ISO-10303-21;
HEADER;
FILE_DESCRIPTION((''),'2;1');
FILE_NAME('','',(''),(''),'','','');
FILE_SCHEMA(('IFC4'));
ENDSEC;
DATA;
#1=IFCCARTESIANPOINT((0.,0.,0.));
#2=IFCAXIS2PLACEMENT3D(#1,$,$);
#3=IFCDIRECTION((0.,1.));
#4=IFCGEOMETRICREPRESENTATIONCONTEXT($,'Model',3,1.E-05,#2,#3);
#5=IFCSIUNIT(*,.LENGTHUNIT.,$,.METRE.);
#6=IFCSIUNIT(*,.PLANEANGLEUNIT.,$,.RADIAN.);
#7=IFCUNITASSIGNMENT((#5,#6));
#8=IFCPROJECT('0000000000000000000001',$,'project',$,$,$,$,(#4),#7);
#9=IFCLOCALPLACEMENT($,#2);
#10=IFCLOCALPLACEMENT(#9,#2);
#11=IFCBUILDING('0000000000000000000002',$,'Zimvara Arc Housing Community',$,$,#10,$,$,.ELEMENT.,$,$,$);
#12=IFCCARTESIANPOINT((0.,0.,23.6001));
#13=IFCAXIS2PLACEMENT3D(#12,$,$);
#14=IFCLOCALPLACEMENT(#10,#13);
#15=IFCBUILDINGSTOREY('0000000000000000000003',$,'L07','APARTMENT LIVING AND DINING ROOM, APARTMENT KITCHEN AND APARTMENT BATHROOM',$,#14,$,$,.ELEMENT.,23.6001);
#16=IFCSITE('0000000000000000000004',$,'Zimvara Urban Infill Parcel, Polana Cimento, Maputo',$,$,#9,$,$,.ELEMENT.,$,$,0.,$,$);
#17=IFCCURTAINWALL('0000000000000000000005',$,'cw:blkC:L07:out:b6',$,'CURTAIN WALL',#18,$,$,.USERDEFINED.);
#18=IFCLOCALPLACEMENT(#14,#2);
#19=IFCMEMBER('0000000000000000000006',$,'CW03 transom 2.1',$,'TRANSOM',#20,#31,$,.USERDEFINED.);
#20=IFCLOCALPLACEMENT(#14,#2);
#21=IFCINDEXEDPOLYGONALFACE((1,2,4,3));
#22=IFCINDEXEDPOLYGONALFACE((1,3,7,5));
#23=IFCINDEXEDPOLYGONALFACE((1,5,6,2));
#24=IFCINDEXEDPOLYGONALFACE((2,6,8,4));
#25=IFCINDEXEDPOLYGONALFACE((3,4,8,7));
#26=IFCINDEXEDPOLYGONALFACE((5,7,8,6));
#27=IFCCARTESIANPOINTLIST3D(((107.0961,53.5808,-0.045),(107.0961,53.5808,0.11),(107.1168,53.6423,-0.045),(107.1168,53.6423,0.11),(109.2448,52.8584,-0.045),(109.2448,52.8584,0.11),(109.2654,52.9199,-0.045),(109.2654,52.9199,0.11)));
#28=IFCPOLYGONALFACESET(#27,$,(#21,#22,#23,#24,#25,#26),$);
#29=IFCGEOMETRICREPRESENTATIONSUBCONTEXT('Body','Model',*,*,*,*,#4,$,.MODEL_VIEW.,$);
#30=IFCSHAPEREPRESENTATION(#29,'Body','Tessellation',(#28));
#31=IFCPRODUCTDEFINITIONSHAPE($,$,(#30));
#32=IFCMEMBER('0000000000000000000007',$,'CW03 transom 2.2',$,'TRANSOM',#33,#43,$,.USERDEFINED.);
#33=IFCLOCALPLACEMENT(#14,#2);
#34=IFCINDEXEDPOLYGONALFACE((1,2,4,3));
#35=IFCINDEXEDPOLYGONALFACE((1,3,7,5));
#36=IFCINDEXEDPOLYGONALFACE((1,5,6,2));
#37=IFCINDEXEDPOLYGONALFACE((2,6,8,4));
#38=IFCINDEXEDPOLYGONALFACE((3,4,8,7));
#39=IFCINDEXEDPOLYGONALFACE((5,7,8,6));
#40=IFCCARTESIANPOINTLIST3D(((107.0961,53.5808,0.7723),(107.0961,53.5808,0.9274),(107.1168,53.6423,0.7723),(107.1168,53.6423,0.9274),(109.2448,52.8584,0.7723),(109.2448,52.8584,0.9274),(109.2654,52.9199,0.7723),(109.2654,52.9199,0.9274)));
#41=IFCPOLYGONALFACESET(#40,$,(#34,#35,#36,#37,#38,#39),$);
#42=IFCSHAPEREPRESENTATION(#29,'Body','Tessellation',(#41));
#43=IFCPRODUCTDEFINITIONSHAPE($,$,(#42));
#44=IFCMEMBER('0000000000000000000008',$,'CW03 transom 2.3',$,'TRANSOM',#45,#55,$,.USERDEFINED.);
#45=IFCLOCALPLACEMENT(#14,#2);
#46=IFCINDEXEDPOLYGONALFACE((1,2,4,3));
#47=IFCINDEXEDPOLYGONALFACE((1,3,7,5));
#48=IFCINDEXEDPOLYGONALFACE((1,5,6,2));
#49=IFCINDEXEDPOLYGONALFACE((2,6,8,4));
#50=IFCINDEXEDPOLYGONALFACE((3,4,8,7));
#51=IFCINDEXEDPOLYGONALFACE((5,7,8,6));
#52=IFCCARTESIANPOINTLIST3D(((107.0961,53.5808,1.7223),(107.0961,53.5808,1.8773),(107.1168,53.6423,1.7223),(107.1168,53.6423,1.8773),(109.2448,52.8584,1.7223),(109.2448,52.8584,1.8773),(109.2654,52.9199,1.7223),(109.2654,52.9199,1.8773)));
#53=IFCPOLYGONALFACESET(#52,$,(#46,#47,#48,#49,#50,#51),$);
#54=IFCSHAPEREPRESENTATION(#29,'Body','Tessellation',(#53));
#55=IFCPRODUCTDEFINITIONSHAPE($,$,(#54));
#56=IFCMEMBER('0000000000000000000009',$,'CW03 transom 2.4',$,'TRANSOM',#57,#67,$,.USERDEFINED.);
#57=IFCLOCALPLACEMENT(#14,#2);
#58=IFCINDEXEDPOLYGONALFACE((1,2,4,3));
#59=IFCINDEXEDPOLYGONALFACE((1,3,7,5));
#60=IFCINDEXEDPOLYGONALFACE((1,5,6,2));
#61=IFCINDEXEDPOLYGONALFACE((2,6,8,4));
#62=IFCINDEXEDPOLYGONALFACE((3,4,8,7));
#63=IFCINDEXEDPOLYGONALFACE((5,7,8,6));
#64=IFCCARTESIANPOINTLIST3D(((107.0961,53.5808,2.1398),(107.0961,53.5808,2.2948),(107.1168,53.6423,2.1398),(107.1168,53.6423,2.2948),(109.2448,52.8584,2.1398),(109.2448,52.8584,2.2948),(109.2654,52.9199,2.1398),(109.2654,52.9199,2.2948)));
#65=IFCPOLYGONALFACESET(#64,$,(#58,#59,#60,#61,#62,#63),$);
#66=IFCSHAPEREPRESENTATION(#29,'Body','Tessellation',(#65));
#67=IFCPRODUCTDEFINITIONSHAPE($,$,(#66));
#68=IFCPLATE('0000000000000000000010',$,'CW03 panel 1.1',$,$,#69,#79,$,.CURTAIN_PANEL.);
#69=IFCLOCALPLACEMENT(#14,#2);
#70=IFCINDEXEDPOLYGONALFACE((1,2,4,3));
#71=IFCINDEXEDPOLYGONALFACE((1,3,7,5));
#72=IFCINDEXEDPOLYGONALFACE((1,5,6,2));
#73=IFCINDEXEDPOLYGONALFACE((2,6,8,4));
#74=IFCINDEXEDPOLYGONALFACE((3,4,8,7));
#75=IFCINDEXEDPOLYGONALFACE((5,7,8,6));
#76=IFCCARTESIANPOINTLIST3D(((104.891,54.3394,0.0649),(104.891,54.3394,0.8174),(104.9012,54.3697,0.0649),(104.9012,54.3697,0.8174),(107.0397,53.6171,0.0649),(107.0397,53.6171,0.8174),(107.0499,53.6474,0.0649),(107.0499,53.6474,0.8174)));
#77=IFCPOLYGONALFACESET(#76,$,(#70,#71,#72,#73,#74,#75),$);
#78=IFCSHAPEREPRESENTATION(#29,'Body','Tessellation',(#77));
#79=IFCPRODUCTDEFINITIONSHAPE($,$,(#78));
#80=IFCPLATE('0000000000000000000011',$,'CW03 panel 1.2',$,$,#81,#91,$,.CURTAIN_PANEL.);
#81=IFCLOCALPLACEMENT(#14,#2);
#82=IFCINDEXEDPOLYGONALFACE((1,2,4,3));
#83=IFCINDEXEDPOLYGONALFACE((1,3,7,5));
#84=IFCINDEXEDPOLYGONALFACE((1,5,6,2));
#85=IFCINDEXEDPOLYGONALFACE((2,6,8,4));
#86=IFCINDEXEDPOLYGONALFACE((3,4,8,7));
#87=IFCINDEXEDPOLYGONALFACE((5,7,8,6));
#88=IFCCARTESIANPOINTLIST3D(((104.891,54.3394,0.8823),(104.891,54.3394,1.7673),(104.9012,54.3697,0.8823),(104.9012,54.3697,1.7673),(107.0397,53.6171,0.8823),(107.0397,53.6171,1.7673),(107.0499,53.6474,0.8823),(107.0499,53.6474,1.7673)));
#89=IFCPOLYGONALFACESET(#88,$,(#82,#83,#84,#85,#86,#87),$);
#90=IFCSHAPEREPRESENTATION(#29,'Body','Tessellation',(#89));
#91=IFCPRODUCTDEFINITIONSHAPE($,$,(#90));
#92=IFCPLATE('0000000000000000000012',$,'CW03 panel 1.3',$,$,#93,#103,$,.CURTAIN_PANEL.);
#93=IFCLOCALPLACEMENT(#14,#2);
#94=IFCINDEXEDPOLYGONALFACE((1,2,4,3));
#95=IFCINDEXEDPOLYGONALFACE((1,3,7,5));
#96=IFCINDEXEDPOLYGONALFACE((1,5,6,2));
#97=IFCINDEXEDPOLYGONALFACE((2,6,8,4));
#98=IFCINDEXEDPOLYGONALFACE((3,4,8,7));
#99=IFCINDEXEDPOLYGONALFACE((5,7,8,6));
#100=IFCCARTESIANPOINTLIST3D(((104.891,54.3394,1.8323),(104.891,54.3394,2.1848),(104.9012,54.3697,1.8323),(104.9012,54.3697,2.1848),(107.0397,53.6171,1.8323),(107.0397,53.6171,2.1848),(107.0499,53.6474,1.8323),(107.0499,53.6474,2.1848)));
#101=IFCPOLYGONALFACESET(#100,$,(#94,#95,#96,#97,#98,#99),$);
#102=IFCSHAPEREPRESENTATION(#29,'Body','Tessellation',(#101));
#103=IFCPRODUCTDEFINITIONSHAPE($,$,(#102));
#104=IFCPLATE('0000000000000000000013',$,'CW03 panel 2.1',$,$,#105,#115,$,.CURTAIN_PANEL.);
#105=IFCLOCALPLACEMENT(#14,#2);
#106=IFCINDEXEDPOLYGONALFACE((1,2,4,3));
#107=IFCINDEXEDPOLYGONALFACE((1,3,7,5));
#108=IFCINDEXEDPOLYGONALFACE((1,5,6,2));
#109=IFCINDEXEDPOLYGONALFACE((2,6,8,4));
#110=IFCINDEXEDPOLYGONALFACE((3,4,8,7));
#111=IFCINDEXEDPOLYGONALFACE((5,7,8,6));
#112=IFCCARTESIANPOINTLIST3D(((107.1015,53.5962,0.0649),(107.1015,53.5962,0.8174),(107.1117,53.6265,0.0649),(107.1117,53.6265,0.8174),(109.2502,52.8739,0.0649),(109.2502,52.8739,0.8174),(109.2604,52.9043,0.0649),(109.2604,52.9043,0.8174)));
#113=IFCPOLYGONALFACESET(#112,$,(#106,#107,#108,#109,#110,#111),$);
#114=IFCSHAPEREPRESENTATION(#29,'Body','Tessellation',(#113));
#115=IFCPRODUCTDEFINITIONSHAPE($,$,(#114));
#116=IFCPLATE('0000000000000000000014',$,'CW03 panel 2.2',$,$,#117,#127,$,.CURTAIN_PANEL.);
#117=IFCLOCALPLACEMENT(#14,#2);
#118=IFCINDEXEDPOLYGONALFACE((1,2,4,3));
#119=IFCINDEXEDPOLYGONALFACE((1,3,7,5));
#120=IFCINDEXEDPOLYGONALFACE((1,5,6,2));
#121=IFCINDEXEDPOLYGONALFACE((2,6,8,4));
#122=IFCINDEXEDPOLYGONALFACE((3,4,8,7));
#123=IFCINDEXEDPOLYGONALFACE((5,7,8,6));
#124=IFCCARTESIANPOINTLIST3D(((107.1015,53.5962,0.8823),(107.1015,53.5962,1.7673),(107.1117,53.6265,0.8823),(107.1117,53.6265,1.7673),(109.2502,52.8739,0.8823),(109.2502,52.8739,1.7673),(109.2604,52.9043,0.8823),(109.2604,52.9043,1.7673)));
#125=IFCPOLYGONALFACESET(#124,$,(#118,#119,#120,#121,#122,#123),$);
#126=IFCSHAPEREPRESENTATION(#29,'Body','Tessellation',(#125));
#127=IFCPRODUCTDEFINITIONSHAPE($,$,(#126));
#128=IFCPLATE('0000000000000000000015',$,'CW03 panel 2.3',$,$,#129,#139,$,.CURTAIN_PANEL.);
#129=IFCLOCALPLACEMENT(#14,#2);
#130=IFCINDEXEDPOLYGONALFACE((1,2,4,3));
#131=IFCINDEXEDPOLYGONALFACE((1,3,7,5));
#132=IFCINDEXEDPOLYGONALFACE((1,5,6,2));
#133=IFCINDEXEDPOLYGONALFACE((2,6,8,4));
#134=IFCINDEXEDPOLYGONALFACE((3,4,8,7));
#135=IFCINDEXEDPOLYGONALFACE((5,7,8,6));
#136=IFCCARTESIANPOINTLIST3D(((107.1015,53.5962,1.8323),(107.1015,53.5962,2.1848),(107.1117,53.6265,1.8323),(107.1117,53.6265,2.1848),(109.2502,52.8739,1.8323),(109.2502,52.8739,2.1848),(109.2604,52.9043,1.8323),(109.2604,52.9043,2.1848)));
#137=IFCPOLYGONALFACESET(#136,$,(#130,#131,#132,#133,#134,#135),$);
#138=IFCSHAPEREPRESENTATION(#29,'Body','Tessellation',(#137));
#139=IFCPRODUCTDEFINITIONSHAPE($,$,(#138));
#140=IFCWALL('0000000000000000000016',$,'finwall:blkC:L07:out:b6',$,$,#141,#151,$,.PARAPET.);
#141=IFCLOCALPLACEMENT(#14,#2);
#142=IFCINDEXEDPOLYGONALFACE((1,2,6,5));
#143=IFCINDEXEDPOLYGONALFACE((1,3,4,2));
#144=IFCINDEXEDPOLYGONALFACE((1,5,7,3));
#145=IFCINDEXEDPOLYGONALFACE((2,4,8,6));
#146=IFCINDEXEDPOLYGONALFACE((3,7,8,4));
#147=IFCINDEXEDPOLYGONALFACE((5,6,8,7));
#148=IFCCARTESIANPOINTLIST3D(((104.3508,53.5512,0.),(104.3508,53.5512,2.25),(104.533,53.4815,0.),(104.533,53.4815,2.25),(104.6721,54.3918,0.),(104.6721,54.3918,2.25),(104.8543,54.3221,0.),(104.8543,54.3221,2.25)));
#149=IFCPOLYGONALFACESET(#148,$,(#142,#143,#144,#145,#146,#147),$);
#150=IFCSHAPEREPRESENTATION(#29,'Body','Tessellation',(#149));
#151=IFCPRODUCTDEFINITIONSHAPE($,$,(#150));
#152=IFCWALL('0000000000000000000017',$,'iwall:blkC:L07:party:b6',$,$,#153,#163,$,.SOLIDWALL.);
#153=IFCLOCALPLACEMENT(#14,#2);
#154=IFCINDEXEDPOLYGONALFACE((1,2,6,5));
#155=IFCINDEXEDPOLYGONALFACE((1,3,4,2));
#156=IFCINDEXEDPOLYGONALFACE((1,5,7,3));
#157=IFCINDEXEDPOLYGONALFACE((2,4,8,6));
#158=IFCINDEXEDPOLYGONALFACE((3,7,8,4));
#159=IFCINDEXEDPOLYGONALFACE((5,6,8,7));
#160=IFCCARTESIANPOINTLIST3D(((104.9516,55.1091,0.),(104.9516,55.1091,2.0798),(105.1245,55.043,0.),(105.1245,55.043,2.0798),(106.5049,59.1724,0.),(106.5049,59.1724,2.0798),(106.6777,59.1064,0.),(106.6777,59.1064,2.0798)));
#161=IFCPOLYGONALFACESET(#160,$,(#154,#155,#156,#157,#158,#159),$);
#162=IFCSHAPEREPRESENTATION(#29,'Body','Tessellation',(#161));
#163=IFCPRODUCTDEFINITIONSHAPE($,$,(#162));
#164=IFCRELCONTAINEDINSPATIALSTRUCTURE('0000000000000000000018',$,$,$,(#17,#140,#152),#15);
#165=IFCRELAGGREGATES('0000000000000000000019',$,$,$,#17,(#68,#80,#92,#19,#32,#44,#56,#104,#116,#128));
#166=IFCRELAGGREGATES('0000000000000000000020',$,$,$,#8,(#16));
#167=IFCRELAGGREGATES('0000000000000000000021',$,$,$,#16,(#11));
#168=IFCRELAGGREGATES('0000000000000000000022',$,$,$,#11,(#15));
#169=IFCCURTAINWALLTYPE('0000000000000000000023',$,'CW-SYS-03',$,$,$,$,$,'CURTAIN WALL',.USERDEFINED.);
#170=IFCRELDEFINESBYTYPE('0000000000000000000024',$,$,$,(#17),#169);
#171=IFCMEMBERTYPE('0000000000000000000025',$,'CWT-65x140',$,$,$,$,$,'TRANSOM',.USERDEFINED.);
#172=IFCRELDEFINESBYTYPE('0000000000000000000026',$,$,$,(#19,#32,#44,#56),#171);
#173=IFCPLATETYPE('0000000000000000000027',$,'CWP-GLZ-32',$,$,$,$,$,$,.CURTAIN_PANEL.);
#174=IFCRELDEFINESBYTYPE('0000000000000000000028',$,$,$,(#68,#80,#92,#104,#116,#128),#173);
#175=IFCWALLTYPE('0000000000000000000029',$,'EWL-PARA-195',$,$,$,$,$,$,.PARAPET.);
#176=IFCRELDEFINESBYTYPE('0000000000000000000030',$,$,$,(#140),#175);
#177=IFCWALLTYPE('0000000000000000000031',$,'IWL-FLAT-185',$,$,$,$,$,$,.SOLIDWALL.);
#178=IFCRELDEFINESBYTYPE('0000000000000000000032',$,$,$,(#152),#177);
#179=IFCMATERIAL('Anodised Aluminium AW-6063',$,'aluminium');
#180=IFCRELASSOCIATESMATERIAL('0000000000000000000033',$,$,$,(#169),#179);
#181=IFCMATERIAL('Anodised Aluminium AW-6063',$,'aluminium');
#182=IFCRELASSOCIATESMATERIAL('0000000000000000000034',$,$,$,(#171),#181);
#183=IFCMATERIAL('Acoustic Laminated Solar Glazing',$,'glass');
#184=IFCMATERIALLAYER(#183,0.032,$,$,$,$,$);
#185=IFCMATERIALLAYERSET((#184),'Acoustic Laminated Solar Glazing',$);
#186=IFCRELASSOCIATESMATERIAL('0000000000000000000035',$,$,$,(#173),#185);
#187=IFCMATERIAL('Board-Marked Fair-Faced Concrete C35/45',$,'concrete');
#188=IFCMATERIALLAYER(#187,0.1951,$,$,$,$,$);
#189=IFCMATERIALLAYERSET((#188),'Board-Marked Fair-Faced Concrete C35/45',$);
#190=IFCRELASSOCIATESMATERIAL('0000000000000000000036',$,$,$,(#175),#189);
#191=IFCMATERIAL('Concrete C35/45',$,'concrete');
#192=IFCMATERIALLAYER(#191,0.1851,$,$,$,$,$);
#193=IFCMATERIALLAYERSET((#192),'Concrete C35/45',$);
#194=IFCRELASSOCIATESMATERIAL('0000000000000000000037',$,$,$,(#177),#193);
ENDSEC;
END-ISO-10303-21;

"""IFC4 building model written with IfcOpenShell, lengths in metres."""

from ifc_helpers import new_model, si_unit, direction, frame, frame_2d, origin, origin_2d, place, context, subcontext, project, spatial, rectangle, extrude, material, layer, layer_set, material_profile, profile_set, type_object, element, aggregate, save


model = new_model("IFC4")

# Units and contexts
model_context = context("Model", 3, precision=1e-05, world=origin(), true_north=direction((0.0, 1.0)))
body_context = subcontext(model_context, "Body", "Model", "MODEL_VIEW")
ifc_project = project(units=[si_unit("LENGTHUNIT", "METRE"), si_unit("PLANEANGLEUNIT", "RADIAN")], contexts=[model_context])

# Site, building, storey
site_placement = place(None, origin())
site = spatial("IfcSite", under=ifc_project, at=site_placement, Name="Zimvara Urban Infill Parcel, Polana Cimento, Maputo", CompositionType="ELEMENT", RefElevation=0.0)
building_placement = place(site_placement, origin())
building = spatial("IfcBuilding", under=site, at=building_placement, Name="Zimvara Arc Housing Community", CompositionType="ELEMENT")
storey_placement = place(building_placement, frame((0.0, 0.0, 23.6001)))
storey = spatial("IfcBuildingStorey", under=building, at=storey_placement, Name="L07", Description="APARTMENT LIVING AND DINING ROOM, APARTMENT KITCHEN AND APARTMENT BATHROOM", CompositionType="ELEMENT", Elevation=23.6001)

# Curtain wall, members, plates
ifc_material_1 = material(Name="Anodised Aluminium AW-6063", Category="aluminium")
curtain_wall_type_1 = type_object("IfcCurtainWallType", Name="CW-SYS-03", ElementType="CURTAIN WALL", PredefinedType="USERDEFINED", material=ifc_material_1)
curtain_wall_1_placement = place(storey_placement, origin())
curtain_wall_1 = element("IfcCurtainWall", 1, at=curtain_wall_1_placement, inside=storey, type_object=curtain_wall_type_1, Name="cw:blkC:L07:out:b6", ObjectType="CURTAIN WALL", PredefinedType="USERDEFINED")
ifc_material_2 = material(Name="Anodised Aluminium AW-6063", Category="aluminium")
ifc_material_profile_1 = material_profile(ifc_material_2, rectangle(XDim=0.0649, YDim=0.155, at=origin_2d()), Name="ALU 65x155")
ifc_profile_set_1 = profile_set([ifc_material_profile_1], Name="Anodised Aluminium AW-6063")
member_type_1 = type_object("IfcMemberType", Name="CWT-65x140", ElementType="TRANSOM", PredefinedType="USERDEFINED", material=ifc_profile_set_1)
member_1_placement = place(storey_placement, frame((107.1064, 53.6116, 0.0325), z_axis=(0.947862, -0.318682, 0.0), x_axis=(0.318682, 0.947862, 0.0)))
member_1 = element("IfcMember", 2, at=member_1_placement, type_object=member_type_1, Name="CW03 transom 2.1", ObjectType="TRANSOM", PredefinedType="USERDEFINED", context=body_context, shape_type="SweptSolid", body=[
    extrude(rectangle(XDim=0.0649, YDim=0.155, at=origin_2d()), origin(), (0.0, 0.0, 1.0), 2.2668),
])
member_2_placement = place(storey_placement, frame((107.1064, 53.6116, 0.8499), z_axis=(0.947862, -0.318682, 0.0), x_axis=(0.318682, 0.947862, 0.0)))
member_2 = element("IfcMember", 3, at=member_2_placement, type_object=member_type_1, Name="CW03 transom 2.2", ObjectType="TRANSOM", PredefinedType="USERDEFINED", context=body_context, shape_type="SweptSolid", body=[
    extrude(rectangle(XDim=0.0649, YDim=0.155, at=origin_2d()), origin(), (0.0, 0.0, 1.0), 2.2668),
])
member_3_placement = place(storey_placement, frame((107.1064, 53.6116, 1.7998), z_axis=(0.947862, -0.318682, 0.0), x_axis=(0.318682, 0.947862, 0.0)))
member_3 = element("IfcMember", 4, at=member_3_placement, type_object=member_type_1, Name="CW03 transom 2.3", ObjectType="TRANSOM", PredefinedType="USERDEFINED", context=body_context, shape_type="SweptSolid", body=[
    extrude(rectangle(XDim=0.0649, YDim=0.155, at=origin_2d()), origin(), (0.0, 0.0, 1.0), 2.2668),
])
member_4_placement = place(storey_placement, frame((107.1064, 53.6116, 2.2173), z_axis=(0.947862, -0.318682, 0.0), x_axis=(0.318682, 0.947862, 0.0)))
member_4 = element("IfcMember", 5, at=member_4_placement, type_object=member_type_1, Name="CW03 transom 2.4", ObjectType="TRANSOM", PredefinedType="USERDEFINED", context=body_context, shape_type="SweptSolid", body=[
    extrude(rectangle(XDim=0.0649, YDim=0.155, at=origin_2d()), origin(), (0.0, 0.0, 1.0), 2.2668),
])
ifc_material_3 = material(Name="Acoustic Laminated Solar Glazing", Category="glass")
ifc_layer_1 = layer(ifc_material_3, 0.032)
ifc_layer_set_1 = layer_set([ifc_layer_1], Name="Acoustic Laminated Solar Glazing")
plate_type = type_object("IfcPlateType", Name="CWP-GLZ-32", PredefinedType="CURTAIN_PANEL", material=ifc_layer_set_1)
plate_1_placement = place(storey_placement, frame((105.9705, 53.9934, 0.0649), z_axis=(0.0, 0.0, 1.0), x_axis=(0.94788, -0.318629, 0.0)))
plate_1 = element("IfcPlate", 6, at=plate_1_placement, type_object=plate_type, Name="CW03 panel 1.1", PredefinedType="CURTAIN_PANEL", context=body_context, shape_type="SweptSolid", body=[
    extrude(rectangle(XDim=2.2668, YDim=0.032, at=origin_2d()), origin(), (0.0, 0.0, 1.0), 0.7524),
])
plate_2_placement = place(storey_placement, frame((105.9705, 53.9934, 0.8823), z_axis=(0.0, 0.0, 1.0), x_axis=(0.94788, -0.318629, 0.0)))
plate_2 = element("IfcPlate", 7, at=plate_2_placement, type_object=plate_type, Name="CW03 panel 1.2", PredefinedType="CURTAIN_PANEL", context=body_context, shape_type="SweptSolid", body=[
    extrude(rectangle(XDim=2.2668, YDim=0.032, at=origin_2d()), origin(), (0.0, 0.0, 1.0), 0.885),
])
plate_3_placement = place(storey_placement, frame((105.9705, 53.9934, 1.8323), z_axis=(0.0, 0.0, 1.0), x_axis=(0.94788, -0.318629, 0.0)))
plate_3 = element("IfcPlate", 8, at=plate_3_placement, type_object=plate_type, Name="CW03 panel 1.3", PredefinedType="CURTAIN_PANEL", context=body_context, shape_type="SweptSolid", body=[
    extrude(rectangle(XDim=2.2668, YDim=0.032, at=origin_2d()), origin(), (0.0, 0.0, 1.0), 0.3525),
])
plate_4_placement = place(storey_placement, frame((108.1809, 53.2502, 0.0649), z_axis=(0.0, 0.0, 1.0), x_axis=(0.94788, -0.318629, 0.0)))
plate_4 = element("IfcPlate", 9, at=plate_4_placement, type_object=plate_type, Name="CW03 panel 2.1", PredefinedType="CURTAIN_PANEL", context=body_context, shape_type="SweptSolid", body=[
    extrude(rectangle(XDim=2.2668, YDim=0.032, at=origin_2d()), origin(), (0.0, 0.0, 1.0), 0.7524),
])
plate_5_placement = place(storey_placement, frame((108.1809, 53.2502, 0.8823), z_axis=(0.0, 0.0, 1.0), x_axis=(0.94788, -0.318629, 0.0)))
plate_5 = element("IfcPlate", 10, at=plate_5_placement, type_object=plate_type, Name="CW03 panel 2.2", PredefinedType="CURTAIN_PANEL", context=body_context, shape_type="SweptSolid", body=[
    extrude(rectangle(XDim=2.2668, YDim=0.032, at=origin_2d()), origin(), (0.0, 0.0, 1.0), 0.885),
])
plate_6_placement = place(storey_placement, frame((108.1809, 53.2502, 1.8323), z_axis=(0.0, 0.0, 1.0), x_axis=(0.94788, -0.318629, 0.0)))
plate_6 = element("IfcPlate", 11, at=plate_6_placement, type_object=plate_type, Name="CW03 panel 2.3", PredefinedType="CURTAIN_PANEL", context=body_context, shape_type="SweptSolid", body=[
    extrude(rectangle(XDim=2.2668, YDim=0.032, at=origin_2d()), origin(), (0.0, 0.0, 1.0), 0.3525),
])
aggregate(curtain_wall_1, [plate_1, plate_2, plate_3, member_1, member_2, member_3, member_4, plate_4, plate_5, plate_6])

# Walls
ifc_material_4 = material(Name="Board-Marked Fair-Faced Concrete C35/45", Category="concrete")
ifc_layer_2 = layer(ifc_material_4, 0.1951)
ifc_layer_set_2 = layer_set([ifc_layer_2], Name="Board-Marked Fair-Faced Concrete C35/45")
wall_type_1 = type_object("IfcWallType", Name="EWL-PARA-195", PredefinedType="PARAPET", material=ifc_layer_set_2)
wall_1_placement = place(storey_placement, frame((104.7632, 54.3569, 0.0), z_axis=(0.0, 0.0, 1.0), x_axis=(-0.357033, -0.934092, 0.0)))
element("IfcWall", 12, at=wall_1_placement, inside=storey, type_object=wall_type_1, Name="finwall:blkC:L07:out:b6", PredefinedType="PARAPET", context=body_context, shape_type="SweptSolid", body=[
    extrude(rectangle(XDim=0.8999, YDim=0.1951, at=frame_2d((0.45, 0.0))), origin(), (0.0, 0.0, 1.0), 2.25),
])
ifc_material_5 = material(Name="Concrete C35/45", Category="concrete")
ifc_layer_3 = layer(ifc_material_5, 0.1851)
ifc_layer_set_3 = layer_set([ifc_layer_3], Name="Concrete C35/45")
wall_type_2 = type_object("IfcWallType", Name="IWL-FLAT-185", PredefinedType="SOLIDWALL", material=ifc_layer_set_3)
wall_2_placement = place(storey_placement, frame((106.5913, 59.1394, 0.0), z_axis=(0.0, 0.0, 1.0), x_axis=(-0.357064, -0.93408, 0.0)))
element("IfcWall", 13, at=wall_2_placement, inside=storey, type_object=wall_type_2, Name="iwall:blkC:L07:party:b6", PredefinedType="SOLIDWALL", context=body_context, shape_type="SweptSolid", body=[
    extrude(rectangle(XDim=4.3501, YDim=0.1851, at=frame_2d((2.175, 0.0))), origin(), (0.0, 0.0, 1.0), 2.0798),
])

save(model, "model.ifc")
